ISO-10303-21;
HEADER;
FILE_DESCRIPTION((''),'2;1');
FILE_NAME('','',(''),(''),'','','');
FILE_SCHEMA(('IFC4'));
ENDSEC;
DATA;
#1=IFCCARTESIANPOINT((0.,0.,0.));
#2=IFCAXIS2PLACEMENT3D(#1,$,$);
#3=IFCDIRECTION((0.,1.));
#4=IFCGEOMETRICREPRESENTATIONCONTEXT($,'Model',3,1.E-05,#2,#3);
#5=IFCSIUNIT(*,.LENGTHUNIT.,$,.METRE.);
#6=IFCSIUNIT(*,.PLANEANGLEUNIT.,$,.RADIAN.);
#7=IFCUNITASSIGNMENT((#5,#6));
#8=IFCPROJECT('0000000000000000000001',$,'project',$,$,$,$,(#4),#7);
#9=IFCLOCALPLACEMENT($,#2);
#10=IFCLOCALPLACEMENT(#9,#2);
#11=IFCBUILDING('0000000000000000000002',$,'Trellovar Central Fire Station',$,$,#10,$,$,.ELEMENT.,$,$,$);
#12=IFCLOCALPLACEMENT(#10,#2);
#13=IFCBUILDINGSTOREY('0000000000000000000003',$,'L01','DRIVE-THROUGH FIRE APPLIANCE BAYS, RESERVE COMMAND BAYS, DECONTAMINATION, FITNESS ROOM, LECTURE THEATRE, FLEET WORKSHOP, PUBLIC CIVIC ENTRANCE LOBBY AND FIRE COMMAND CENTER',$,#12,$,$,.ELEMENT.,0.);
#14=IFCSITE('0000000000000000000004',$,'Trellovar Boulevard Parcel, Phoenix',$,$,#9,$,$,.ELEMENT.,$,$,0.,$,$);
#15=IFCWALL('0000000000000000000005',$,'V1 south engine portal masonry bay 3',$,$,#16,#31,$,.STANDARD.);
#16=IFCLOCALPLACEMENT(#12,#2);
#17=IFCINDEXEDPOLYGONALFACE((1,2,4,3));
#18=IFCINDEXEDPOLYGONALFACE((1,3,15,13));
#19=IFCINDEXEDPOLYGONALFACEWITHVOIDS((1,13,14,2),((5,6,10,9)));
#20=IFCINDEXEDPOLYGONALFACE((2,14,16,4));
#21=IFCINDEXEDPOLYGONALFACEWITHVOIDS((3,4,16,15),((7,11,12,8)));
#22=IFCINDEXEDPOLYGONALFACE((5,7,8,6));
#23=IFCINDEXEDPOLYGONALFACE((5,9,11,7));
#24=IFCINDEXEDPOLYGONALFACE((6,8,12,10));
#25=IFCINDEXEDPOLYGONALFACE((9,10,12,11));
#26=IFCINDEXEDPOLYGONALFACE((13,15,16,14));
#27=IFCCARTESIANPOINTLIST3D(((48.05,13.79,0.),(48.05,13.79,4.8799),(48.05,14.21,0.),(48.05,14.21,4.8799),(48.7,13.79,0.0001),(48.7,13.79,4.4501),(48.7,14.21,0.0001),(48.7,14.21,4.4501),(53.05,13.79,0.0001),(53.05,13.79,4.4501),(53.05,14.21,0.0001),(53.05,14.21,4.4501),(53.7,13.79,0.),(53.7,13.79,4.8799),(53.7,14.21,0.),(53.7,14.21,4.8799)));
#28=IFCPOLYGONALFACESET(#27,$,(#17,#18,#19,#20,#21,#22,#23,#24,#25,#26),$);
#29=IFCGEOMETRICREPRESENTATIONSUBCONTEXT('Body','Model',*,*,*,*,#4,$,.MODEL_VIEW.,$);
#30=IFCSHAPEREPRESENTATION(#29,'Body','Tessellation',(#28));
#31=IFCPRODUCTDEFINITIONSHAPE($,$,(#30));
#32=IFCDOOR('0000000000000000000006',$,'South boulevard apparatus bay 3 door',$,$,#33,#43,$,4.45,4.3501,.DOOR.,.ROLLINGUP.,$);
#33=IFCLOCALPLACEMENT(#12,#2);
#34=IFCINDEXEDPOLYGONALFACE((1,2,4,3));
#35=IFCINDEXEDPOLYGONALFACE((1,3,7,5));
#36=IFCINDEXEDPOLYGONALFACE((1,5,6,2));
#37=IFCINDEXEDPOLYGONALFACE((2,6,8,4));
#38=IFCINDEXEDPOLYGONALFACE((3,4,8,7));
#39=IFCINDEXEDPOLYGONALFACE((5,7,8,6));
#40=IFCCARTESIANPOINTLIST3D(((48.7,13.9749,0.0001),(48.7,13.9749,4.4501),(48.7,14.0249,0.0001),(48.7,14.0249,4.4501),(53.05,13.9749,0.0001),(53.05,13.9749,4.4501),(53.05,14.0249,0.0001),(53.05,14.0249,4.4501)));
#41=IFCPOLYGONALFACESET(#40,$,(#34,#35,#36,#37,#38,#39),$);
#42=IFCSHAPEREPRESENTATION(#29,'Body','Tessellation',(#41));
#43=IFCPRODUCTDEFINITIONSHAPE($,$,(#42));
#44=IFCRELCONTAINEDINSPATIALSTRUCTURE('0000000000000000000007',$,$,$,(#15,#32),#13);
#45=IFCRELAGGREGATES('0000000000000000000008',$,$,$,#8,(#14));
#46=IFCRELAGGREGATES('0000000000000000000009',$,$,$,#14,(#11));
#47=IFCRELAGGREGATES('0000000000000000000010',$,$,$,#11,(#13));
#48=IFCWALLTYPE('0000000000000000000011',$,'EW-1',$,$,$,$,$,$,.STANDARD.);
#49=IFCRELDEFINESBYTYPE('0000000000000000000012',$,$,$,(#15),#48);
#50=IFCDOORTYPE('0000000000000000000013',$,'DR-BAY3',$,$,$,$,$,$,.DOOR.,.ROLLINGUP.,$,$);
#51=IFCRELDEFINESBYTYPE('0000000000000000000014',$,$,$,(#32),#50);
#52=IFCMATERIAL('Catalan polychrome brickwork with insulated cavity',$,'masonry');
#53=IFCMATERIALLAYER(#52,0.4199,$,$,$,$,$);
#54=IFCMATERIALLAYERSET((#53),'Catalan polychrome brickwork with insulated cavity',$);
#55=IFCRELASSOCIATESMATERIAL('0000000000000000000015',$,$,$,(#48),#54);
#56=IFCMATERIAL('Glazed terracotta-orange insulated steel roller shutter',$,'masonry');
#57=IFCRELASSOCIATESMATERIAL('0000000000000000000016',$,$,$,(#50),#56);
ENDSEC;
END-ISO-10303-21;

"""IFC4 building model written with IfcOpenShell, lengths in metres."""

from ifc_helpers import new_model, si_unit, direction, frame, frame_2d, origin, place, context, subcontext, project, spatial, rectangle, extrude, material, layer, layer_set, type_object, element, fill, save


model = new_model("IFC4")

# Units and contexts
model_context = context("Model", 3, precision=1e-05, world=origin(), true_north=direction((0.0, 1.0)))
body_context = subcontext(model_context, "Body", "Model", "MODEL_VIEW")
ifc_project = project(units=[si_unit("LENGTHUNIT", "METRE"), si_unit("PLANEANGLEUNIT", "RADIAN")], contexts=[model_context])

# Site, building, storey
site_placement = place(None, origin())
site = spatial("IfcSite", under=ifc_project, at=site_placement, Name="Trellovar Boulevard Parcel, Phoenix", CompositionType="ELEMENT", RefElevation=0.0)
building_placement = place(site_placement, origin())
building = spatial("IfcBuilding", under=site, at=building_placement, Name="Trellovar Central Fire Station", CompositionType="ELEMENT")
storey_placement = place(building_placement, origin())
storey = spatial("IfcBuildingStorey", under=building, at=storey_placement, Name="L01", Description="DRIVE-THROUGH FIRE APPLIANCE BAYS, RESERVE COMMAND BAYS, DECONTAMINATION, FITNESS ROOM, LECTURE THEATRE, FLEET WORKSHOP, PUBLIC CIVIC ENTRANCE LOBBY AND FIRE COMMAND CENTER", CompositionType="ELEMENT", Elevation=0.0)

# Wall, opening, door
ifc_material_1 = material(Name="Catalan polychrome brickwork with insulated cavity", Category="masonry")
ifc_layer = layer(ifc_material_1, 0.4199)
ifc_layer_set = layer_set([ifc_layer], Name="Catalan polychrome brickwork with insulated cavity")
wall_type = type_object("IfcWallType", Name="EW-1", PredefinedType="STANDARD", material=ifc_layer_set)
wall_1_placement = place(storey_placement, frame((48.05, 14.0, 0.0), z_axis=(0.0, 0.0, 1.0), x_axis=(1.0, 0.0, 0.0)))
wall_1 = element("IfcWall", 1, at=wall_1_placement, inside=storey, type_object=wall_type, Name="V1 south engine portal masonry bay 3", PredefinedType="STANDARD", context=body_context, shape_type="SweptSolid", body=[
    extrude(rectangle(XDim=5.6499, YDim=0.4199, at=frame_2d((2.825, 0.0))), origin(), (0.0, 0.0, 1.0), 4.8799),
])
opening_1_placement = place(wall_1_placement, frame((0.6499, 0.0, 0.0)))
opening_1 = element("IfcOpeningElement", 2, at=opening_1_placement, cuts=wall_1, PredefinedType="OPENING", context=body_context, shape_type="SweptSolid", body=[
    extrude(rectangle(XDim=4.3501, YDim=4.45, at=frame_2d((2.175, 2.2251))), frame((0.0, 0.22, 0.0), z_axis=(0.0, -1.0, 0.0), x_axis=(1.0, 0.0, 0.0)), (0.0, 0.0, 1.0), 0.4399),
])
ifc_material_2 = material(Name="Glazed terracotta-orange insulated steel roller shutter", Category="masonry")
door_type_1 = type_object("IfcDoorType", Name="DR-BAY3", OperationType="ROLLINGUP", PredefinedType="DOOR", material=ifc_material_2)
door_1_placement = place(opening_1_placement, origin())
door_1 = element("IfcDoor", 3, at=door_1_placement, inside=storey, type_object=door_type_1, Name="South boulevard apparatus bay 3 door", OperationType="ROLLINGUP", OverallHeight=4.45, OverallWidth=4.3501, PredefinedType="DOOR", context=body_context, shape_type="SweptSolid", body=[
    extrude(rectangle(XDim=4.3501, YDim=4.45, at=frame_2d((2.175, 2.2251))), frame((0.0, 0.0249, 0.0), z_axis=(0.0, -1.0, 0.0), x_axis=(1.0, 0.0, 0.0)), (0.0, 0.0, 1.0), 0.05),
])
fill(opening_1, door_1)

save(model, "model.ifc")
